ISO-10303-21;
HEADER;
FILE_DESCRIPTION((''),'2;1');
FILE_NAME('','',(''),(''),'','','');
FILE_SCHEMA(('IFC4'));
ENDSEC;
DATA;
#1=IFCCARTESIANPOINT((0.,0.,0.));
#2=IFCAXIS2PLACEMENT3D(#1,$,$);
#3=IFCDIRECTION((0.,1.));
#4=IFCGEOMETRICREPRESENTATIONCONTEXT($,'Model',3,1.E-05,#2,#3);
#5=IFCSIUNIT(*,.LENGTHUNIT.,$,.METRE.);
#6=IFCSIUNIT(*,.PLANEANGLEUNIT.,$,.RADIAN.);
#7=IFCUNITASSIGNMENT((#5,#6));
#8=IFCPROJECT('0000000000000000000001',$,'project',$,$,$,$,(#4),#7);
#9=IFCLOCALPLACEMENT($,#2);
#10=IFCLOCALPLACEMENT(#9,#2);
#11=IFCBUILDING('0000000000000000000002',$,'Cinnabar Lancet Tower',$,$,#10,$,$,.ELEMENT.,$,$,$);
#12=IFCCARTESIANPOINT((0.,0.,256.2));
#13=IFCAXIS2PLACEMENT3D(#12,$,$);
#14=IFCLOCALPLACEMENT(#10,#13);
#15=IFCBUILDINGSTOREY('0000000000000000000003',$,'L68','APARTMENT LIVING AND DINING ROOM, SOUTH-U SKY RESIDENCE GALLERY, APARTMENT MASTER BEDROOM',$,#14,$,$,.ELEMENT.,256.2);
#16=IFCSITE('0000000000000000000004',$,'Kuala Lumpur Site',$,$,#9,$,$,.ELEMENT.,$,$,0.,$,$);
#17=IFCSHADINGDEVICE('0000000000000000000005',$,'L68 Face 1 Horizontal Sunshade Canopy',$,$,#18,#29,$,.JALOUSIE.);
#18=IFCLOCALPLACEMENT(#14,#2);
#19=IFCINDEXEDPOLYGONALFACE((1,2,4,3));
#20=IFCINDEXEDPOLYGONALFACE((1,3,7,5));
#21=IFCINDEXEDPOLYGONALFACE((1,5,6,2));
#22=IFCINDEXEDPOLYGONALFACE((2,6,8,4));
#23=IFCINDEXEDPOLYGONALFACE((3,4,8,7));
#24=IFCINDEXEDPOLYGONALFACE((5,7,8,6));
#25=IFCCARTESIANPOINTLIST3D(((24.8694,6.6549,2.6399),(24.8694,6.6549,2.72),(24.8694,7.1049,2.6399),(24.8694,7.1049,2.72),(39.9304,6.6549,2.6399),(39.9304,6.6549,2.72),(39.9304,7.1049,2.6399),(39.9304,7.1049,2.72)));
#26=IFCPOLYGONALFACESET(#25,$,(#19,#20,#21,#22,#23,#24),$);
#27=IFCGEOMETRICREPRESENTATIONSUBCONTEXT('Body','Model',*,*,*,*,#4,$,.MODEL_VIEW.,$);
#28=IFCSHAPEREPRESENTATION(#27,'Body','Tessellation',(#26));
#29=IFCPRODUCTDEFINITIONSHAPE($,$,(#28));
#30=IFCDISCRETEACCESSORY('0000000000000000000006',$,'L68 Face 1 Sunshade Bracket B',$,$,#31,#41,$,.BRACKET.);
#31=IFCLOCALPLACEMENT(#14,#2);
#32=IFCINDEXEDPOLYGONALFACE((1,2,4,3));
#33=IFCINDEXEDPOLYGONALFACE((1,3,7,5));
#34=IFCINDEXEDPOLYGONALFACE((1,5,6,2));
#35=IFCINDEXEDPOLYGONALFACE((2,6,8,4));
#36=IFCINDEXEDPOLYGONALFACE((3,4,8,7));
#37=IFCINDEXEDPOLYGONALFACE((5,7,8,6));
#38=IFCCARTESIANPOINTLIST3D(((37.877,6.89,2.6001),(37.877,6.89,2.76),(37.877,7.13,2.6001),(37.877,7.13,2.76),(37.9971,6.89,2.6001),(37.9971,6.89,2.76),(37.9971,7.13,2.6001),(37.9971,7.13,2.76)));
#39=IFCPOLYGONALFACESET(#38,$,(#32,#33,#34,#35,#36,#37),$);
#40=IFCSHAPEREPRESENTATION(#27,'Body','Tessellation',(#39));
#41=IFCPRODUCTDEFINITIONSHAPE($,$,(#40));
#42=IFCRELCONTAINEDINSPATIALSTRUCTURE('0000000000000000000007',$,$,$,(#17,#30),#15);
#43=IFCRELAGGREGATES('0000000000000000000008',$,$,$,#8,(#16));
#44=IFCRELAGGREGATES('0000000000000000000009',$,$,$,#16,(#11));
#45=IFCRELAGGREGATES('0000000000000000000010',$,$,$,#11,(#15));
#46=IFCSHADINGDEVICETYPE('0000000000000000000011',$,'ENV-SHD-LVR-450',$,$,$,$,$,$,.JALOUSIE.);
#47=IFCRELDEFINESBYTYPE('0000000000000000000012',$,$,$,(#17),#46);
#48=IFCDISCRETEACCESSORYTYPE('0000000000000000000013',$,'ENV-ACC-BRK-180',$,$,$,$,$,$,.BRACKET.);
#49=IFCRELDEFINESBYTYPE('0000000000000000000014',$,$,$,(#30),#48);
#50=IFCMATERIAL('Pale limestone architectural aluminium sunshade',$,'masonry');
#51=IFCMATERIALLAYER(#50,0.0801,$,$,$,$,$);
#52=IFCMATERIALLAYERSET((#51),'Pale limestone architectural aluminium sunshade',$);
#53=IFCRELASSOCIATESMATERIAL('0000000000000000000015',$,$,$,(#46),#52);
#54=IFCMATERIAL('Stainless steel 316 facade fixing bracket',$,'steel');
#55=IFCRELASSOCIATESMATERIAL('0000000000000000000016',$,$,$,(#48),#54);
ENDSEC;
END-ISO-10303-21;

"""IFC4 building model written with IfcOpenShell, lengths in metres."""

from ifc_helpers import new_model, si_unit, direction, frame, origin, origin_2d, place, context, subcontext, project, spatial, rectangle, extrude, material, layer, layer_set, type_object, element, save


model = new_model("IFC4")

# Units and contexts
model_context = context("Model", 3, precision=1e-05, world=origin(), true_north=direction((0.0, 1.0)))
body_context = subcontext(model_context, "Body", "Model", "MODEL_VIEW")
ifc_project = project(units=[si_unit("LENGTHUNIT", "METRE"), si_unit("PLANEANGLEUNIT", "RADIAN")], contexts=[model_context])

# Site, building, storey
site_placement = place(None, origin())
site = spatial("IfcSite", under=ifc_project, at=site_placement, Name="Kuala Lumpur Site", CompositionType="ELEMENT", RefElevation=0.0)
building_placement = place(site_placement, origin())
building = spatial("IfcBuilding", under=site, at=building_placement, Name="Cinnabar Lancet Tower", CompositionType="ELEMENT")
storey_placement = place(building_placement, frame((0.0, 0.0, 256.2)))
storey = spatial("IfcBuildingStorey", under=building, at=storey_placement, Name="L68", Description="APARTMENT LIVING AND DINING ROOM, SOUTH-U SKY RESIDENCE GALLERY, APARTMENT MASTER BEDROOM", CompositionType="ELEMENT", Elevation=256.2)

# Shading device
ifc_material_1 = material(Name="Pale limestone architectural aluminium sunshade", Category="masonry")
ifc_layer_1 = layer(ifc_material_1, 0.0801)
ifc_layer_set_1 = layer_set([ifc_layer_1], Name="Pale limestone architectural aluminium sunshade")
shading_device_type = type_object("IfcShadingDeviceType", Name="ENV-SHD-LVR-450", PredefinedType="JALOUSIE", material=ifc_layer_set_1)
shading_device_placement = place(storey_placement, frame((32.3999, 6.8799, 2.6399), z_axis=(0.0, 0.0, 1.0), x_axis=(1.0, 0.0, 0.0)))
element("IfcShadingDevice", 1, at=shading_device_placement, inside=storey, type_object=shading_device_type, Name="L68 Face 1 Horizontal Sunshade Canopy", PredefinedType="JALOUSIE", context=body_context, shape_type="SweptSolid", body=[
    extrude(rectangle(XDim=15.061, YDim=0.45, at=origin_2d()), origin(), (0.0, 0.0, 1.0), 0.0801),
])

# Discrete accessory
ifc_material_2 = material(Name="Stainless steel 316 facade fixing bracket", Category="steel")
discrete_accessory_type = type_object("IfcDiscreteAccessoryType", Name="ENV-ACC-BRK-180", PredefinedType="BRACKET", material=ifc_material_2)
discrete_accessory_placement = place(storey_placement, frame((37.937, 7.01, 2.6001), z_axis=(0.0, 0.0, 1.0), x_axis=(1.0, 0.0, 0.0)))
element("IfcDiscreteAccessory", 2, at=discrete_accessory_placement, inside=storey, type_object=discrete_accessory_type, Name="L68 Face 1 Sunshade Bracket B", PredefinedType="BRACKET", context=body_context, shape_type="SweptSolid", body=[
    extrude(rectangle(XDim=0.1201, YDim=0.24, at=origin_2d()), origin(), (0.0, 0.0, 1.0), 0.1599),
])

save(model, "model.ifc")
